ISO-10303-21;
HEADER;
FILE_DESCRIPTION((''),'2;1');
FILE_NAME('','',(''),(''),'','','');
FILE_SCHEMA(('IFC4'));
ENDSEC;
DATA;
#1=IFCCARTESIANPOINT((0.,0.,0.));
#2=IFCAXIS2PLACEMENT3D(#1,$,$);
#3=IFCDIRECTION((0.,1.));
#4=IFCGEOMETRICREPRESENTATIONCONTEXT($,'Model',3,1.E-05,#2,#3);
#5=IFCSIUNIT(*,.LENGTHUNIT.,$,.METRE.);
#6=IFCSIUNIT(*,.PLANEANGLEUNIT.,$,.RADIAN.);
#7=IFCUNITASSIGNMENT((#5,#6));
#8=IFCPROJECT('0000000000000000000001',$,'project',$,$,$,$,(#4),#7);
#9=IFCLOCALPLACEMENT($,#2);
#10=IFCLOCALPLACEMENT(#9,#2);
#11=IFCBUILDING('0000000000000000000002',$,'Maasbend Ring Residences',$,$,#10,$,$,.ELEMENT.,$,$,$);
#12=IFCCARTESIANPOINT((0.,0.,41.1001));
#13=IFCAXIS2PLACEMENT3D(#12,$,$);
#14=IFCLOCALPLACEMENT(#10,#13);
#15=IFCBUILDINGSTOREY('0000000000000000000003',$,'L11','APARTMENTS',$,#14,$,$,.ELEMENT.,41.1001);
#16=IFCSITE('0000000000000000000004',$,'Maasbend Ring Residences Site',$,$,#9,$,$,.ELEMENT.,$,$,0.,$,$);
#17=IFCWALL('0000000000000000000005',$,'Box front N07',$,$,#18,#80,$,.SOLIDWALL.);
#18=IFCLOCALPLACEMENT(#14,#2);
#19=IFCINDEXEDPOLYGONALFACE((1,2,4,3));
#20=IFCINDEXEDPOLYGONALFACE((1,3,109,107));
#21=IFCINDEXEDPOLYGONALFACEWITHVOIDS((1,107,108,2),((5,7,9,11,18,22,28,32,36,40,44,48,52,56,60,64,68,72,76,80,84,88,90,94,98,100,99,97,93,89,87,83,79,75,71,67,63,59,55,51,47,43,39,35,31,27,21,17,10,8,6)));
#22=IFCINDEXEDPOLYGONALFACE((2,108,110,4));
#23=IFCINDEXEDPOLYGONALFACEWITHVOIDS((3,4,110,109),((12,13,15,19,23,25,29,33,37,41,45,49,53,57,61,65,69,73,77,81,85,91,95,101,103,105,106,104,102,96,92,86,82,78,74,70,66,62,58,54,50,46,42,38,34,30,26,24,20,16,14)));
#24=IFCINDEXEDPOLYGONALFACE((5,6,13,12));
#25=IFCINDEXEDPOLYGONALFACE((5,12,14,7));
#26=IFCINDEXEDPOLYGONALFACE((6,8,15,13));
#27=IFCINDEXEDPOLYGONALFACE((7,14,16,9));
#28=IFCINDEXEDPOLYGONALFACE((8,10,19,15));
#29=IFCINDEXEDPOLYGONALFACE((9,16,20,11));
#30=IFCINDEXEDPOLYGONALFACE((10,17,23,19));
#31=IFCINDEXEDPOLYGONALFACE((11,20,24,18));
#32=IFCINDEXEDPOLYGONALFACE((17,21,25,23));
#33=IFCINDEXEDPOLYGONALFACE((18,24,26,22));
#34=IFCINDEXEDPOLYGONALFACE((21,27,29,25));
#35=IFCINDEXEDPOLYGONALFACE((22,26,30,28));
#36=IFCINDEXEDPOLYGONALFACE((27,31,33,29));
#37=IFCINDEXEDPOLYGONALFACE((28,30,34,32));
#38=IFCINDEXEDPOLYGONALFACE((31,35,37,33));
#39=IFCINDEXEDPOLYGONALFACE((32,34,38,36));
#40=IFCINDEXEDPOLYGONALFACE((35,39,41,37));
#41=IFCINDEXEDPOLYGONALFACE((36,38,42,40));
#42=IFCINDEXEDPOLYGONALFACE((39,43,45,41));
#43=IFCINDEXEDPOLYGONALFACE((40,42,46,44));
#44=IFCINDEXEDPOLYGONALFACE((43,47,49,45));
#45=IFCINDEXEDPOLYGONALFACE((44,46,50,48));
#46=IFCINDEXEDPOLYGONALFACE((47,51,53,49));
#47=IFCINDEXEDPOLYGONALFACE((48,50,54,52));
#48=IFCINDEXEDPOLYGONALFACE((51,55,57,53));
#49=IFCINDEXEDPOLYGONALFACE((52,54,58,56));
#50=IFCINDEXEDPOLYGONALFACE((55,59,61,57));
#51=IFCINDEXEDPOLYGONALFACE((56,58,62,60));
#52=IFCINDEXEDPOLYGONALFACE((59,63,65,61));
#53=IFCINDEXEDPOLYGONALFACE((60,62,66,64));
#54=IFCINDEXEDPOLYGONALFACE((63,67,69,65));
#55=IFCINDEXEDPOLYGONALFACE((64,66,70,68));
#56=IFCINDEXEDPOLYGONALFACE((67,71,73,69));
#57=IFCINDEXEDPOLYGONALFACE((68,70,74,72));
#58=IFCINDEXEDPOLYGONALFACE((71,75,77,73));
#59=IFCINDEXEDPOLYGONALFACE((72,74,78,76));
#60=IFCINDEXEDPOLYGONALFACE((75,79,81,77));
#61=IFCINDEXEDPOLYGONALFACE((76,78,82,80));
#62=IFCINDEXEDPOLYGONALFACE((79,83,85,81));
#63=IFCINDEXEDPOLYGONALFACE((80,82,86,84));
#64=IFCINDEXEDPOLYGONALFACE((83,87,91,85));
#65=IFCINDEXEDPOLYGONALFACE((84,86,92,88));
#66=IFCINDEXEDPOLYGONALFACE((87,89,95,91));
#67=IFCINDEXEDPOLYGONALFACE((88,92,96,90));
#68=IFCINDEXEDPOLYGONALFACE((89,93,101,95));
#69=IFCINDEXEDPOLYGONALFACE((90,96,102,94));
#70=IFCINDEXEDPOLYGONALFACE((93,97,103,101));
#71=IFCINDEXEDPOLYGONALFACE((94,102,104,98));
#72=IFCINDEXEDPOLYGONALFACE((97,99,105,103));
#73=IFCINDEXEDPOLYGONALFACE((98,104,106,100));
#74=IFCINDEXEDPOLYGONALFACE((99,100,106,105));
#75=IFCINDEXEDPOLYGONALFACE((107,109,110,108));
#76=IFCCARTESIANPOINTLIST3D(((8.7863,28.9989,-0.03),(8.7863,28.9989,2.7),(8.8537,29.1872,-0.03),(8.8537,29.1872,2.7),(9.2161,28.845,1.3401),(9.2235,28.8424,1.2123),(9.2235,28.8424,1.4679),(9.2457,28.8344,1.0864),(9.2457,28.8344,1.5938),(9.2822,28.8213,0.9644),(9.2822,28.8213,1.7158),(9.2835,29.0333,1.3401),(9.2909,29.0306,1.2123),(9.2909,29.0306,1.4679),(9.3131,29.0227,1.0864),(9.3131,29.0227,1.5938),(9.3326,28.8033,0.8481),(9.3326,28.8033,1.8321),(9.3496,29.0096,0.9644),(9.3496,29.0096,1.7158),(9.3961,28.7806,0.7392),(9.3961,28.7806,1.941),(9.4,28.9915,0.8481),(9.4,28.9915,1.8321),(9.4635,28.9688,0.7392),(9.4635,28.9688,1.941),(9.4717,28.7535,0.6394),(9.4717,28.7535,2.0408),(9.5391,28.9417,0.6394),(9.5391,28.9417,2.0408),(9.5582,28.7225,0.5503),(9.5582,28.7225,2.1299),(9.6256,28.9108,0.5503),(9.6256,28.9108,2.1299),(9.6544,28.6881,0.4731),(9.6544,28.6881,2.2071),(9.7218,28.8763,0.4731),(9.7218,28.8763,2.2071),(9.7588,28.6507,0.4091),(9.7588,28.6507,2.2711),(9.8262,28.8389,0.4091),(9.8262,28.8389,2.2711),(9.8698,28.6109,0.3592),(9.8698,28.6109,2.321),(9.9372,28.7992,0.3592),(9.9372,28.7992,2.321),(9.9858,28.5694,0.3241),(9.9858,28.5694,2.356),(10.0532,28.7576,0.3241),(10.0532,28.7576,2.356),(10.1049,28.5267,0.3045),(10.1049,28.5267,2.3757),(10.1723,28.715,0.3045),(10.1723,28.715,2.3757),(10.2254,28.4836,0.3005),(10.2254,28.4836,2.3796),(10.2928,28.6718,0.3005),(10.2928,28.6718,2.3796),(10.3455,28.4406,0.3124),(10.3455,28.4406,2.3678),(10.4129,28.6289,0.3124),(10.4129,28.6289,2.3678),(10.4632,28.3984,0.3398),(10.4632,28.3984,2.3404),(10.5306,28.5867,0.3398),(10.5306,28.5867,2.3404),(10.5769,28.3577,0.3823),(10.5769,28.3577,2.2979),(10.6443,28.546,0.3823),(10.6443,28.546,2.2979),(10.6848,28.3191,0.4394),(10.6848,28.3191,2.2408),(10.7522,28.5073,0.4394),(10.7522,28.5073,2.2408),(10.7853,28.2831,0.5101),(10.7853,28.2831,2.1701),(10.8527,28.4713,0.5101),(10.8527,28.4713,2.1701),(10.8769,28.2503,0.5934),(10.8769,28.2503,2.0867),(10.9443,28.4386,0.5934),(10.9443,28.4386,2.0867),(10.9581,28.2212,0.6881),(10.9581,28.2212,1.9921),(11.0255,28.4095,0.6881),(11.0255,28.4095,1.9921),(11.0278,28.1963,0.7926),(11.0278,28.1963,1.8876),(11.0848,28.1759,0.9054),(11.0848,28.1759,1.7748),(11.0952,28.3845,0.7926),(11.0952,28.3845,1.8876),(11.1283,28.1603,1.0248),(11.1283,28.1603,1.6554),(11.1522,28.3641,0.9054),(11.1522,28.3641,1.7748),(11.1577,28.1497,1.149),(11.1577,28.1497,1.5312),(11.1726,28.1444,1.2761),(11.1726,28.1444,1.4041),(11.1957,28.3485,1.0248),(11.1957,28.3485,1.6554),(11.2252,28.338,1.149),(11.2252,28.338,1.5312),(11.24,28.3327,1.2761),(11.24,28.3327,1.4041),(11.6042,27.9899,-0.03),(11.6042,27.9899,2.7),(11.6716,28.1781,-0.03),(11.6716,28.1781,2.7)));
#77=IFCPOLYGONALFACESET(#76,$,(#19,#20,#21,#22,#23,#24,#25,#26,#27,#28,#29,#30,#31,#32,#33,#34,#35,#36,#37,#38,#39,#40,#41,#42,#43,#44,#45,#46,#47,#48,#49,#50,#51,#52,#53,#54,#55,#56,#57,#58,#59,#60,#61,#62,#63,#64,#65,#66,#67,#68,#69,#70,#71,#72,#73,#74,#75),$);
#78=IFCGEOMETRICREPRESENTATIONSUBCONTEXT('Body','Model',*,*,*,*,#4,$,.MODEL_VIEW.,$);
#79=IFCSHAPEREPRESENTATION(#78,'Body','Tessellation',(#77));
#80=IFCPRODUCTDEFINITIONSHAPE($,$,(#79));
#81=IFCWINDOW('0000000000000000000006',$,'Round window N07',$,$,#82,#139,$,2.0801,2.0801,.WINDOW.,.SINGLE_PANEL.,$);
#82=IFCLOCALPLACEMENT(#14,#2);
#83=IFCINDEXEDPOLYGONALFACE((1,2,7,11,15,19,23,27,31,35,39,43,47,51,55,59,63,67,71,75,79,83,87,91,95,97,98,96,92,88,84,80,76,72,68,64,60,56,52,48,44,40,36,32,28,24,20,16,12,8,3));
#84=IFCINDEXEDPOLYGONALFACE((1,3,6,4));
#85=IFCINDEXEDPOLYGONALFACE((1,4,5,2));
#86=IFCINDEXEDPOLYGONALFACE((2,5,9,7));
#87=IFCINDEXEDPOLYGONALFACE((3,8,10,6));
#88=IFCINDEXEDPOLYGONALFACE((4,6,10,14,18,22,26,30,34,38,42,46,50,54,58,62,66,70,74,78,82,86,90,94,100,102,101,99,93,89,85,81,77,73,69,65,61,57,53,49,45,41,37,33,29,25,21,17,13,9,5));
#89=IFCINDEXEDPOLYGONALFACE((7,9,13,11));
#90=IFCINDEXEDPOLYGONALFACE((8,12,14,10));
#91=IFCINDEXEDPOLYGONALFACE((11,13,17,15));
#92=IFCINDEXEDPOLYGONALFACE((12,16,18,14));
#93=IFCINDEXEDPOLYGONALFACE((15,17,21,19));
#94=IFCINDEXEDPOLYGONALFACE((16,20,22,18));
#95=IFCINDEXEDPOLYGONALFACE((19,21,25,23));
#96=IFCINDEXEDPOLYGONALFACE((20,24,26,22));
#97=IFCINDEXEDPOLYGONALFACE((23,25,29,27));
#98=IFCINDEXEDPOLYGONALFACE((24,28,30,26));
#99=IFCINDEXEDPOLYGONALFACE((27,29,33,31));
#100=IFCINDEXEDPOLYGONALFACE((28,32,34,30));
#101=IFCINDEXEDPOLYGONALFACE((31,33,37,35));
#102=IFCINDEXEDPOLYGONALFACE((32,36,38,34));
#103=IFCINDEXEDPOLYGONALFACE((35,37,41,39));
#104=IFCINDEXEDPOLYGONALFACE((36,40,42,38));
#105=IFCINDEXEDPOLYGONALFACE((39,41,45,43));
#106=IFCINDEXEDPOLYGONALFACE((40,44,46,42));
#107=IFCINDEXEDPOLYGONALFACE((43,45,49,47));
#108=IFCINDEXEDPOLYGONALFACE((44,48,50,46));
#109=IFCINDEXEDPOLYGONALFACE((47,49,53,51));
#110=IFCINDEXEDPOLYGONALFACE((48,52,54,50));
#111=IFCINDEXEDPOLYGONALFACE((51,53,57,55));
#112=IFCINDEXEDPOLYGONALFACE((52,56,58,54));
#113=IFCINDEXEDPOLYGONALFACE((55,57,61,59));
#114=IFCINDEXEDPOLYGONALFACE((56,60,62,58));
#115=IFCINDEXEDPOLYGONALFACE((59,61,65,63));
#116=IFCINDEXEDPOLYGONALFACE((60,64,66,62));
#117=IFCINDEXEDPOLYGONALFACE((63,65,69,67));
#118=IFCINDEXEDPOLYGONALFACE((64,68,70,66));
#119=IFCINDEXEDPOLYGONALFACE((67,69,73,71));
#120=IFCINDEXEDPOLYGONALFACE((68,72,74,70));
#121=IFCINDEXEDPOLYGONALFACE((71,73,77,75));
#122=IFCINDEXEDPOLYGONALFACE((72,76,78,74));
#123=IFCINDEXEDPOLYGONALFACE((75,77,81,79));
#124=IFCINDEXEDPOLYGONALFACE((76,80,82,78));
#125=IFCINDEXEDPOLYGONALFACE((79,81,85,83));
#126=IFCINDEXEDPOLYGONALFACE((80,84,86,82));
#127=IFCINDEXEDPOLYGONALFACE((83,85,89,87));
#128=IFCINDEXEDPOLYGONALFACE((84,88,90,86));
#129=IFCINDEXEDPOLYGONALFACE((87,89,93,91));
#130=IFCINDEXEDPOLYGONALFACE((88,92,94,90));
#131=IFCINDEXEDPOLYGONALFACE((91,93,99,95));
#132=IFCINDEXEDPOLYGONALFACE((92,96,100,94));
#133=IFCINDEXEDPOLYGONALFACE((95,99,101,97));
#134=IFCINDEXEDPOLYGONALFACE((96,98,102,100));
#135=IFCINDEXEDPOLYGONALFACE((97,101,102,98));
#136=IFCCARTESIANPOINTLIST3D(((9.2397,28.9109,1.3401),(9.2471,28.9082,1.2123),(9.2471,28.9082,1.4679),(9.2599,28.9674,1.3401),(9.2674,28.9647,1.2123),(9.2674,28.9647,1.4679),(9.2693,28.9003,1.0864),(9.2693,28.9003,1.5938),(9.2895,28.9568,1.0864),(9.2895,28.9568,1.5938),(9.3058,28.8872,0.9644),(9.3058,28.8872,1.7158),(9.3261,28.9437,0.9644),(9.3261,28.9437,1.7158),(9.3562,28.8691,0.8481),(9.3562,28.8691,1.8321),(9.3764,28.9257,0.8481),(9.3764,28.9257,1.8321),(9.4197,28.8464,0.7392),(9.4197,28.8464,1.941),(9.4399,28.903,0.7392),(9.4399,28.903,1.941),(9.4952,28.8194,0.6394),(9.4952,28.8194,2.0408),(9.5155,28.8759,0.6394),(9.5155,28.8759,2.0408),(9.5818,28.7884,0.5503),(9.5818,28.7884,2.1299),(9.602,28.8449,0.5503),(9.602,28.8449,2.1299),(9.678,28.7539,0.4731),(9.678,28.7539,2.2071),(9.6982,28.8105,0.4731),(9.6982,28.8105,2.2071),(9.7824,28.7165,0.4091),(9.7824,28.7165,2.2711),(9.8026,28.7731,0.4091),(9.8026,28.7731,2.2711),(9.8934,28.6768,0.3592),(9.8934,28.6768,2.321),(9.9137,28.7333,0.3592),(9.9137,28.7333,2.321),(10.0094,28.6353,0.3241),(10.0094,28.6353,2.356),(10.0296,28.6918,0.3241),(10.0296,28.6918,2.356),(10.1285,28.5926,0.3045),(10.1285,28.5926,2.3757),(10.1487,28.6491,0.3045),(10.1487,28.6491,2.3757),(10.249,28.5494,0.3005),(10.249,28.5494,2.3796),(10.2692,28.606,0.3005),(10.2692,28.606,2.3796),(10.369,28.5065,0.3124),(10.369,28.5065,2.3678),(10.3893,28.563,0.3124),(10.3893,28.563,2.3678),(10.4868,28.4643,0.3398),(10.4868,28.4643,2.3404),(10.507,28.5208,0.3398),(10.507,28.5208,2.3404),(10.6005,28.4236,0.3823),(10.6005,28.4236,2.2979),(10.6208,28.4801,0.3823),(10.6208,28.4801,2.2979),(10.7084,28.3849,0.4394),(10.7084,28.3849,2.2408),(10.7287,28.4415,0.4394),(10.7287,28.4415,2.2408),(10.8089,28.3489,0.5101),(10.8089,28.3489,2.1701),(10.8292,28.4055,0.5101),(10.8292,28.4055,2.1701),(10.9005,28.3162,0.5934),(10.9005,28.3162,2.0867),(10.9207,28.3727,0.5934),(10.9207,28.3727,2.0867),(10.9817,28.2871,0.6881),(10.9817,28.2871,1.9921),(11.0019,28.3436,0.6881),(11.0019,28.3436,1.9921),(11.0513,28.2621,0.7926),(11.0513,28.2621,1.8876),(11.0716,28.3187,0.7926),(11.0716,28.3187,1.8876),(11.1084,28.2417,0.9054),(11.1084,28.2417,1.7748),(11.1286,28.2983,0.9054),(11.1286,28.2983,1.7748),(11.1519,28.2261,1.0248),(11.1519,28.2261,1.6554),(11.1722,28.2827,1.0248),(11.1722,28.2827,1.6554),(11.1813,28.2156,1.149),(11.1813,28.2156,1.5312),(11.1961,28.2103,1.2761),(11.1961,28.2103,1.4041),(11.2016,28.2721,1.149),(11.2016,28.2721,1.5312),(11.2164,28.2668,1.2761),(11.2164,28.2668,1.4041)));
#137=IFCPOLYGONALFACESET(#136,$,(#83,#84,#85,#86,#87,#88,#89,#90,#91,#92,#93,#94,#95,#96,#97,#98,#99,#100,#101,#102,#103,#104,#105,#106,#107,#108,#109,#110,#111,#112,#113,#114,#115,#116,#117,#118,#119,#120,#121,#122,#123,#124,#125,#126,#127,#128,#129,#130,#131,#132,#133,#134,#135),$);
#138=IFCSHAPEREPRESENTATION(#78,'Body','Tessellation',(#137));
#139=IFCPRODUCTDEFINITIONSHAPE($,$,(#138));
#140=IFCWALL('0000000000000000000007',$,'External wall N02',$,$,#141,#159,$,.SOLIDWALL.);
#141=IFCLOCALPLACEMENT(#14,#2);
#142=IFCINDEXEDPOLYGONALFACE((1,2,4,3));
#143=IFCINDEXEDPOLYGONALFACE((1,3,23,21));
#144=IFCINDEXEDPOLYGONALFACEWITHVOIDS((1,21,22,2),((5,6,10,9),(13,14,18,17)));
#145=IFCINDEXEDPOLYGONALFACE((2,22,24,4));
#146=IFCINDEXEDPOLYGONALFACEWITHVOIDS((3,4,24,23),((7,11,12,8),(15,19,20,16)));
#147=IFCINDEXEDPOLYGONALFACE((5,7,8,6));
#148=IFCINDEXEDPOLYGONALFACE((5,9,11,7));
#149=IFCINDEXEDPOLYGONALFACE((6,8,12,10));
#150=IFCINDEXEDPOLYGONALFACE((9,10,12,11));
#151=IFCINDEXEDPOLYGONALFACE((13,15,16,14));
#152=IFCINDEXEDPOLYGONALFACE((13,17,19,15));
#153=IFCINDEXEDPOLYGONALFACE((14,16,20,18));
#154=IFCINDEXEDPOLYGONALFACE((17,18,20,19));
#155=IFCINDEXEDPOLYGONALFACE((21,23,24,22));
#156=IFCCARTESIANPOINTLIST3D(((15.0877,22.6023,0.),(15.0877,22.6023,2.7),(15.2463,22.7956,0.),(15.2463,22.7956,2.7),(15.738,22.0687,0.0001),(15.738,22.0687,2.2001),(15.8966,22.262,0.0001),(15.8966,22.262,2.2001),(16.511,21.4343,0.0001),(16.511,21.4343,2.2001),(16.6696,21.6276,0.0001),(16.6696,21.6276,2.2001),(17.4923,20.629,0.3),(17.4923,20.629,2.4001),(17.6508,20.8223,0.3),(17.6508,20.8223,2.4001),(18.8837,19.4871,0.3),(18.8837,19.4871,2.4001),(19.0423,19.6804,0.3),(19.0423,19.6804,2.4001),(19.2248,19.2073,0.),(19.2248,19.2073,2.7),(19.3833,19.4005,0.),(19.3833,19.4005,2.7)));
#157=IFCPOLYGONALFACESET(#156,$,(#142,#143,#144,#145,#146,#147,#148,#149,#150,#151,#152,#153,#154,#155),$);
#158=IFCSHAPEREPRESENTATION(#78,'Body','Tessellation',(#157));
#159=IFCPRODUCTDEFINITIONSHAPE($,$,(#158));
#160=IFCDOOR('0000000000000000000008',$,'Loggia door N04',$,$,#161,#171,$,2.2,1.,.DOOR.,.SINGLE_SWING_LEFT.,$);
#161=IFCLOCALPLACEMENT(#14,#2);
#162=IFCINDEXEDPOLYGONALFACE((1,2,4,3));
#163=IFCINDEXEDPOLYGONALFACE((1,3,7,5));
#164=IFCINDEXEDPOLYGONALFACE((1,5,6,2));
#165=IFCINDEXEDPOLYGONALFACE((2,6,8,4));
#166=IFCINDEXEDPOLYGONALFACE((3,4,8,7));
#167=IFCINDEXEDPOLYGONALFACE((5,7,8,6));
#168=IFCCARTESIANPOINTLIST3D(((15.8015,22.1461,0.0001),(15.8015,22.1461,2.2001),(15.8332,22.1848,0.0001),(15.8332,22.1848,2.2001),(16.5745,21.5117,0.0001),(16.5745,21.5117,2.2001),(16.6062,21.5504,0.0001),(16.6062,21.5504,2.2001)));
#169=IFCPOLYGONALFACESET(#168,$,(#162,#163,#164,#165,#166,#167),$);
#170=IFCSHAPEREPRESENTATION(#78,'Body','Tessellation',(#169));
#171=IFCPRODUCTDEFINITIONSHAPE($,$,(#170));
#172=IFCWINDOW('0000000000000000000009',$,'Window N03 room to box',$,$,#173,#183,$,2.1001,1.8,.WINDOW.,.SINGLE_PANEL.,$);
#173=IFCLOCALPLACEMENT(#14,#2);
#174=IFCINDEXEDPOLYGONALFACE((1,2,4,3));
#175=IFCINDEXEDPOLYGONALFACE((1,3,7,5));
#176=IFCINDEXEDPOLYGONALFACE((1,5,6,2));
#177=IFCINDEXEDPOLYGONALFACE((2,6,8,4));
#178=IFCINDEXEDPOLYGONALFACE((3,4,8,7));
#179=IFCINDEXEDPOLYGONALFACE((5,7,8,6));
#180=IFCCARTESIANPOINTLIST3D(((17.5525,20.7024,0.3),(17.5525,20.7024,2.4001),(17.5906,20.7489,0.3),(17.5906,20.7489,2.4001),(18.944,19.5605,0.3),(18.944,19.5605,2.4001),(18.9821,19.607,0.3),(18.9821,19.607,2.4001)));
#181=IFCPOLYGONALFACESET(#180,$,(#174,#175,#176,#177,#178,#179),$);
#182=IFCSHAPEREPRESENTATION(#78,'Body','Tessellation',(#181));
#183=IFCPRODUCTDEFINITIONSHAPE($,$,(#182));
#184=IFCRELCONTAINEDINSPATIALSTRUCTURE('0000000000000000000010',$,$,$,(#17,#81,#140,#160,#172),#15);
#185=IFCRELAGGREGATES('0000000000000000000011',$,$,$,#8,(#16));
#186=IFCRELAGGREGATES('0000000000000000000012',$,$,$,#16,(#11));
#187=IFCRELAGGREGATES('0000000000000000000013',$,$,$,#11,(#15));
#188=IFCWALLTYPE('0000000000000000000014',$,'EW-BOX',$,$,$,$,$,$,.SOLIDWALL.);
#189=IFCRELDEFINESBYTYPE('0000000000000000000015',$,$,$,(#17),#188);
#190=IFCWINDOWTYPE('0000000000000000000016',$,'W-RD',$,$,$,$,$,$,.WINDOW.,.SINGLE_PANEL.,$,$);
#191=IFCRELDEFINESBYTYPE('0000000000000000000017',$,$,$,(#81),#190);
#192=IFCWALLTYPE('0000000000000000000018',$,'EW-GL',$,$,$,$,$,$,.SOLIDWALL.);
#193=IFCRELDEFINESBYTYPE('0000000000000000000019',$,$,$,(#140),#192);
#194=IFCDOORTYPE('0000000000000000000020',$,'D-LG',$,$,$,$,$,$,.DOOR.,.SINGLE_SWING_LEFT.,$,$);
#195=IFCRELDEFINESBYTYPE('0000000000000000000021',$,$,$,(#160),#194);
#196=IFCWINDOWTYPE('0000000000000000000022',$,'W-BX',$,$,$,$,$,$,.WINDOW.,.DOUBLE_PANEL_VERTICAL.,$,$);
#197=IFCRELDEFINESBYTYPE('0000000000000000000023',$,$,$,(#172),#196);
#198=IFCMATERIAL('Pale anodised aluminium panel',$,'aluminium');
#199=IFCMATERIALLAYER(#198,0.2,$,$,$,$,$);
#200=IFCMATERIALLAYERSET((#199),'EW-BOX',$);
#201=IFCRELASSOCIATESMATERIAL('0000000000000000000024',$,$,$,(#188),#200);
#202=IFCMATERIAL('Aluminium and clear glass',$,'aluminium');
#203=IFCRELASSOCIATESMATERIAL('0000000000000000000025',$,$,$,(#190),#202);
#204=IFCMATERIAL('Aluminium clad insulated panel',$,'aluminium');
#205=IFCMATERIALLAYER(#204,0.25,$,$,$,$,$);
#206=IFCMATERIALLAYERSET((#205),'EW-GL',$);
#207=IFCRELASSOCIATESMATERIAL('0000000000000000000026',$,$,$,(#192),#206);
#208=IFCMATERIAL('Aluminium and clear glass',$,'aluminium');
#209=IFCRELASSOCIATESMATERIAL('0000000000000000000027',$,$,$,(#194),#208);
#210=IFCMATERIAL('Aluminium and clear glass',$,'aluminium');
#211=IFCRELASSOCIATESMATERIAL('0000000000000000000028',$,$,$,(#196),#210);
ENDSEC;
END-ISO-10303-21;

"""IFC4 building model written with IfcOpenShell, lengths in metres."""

from ifc_helpers import new_model, si_unit, direction, frame, frame_2d, origin, place, context, subcontext, project, spatial, rectangle, circle, extrude, material, layer, layer_set, type_object, element, fill, save


model = new_model("IFC4")

# Units and contexts
model_context = context("Model", 3, precision=1e-05, world=origin(), true_north=direction((0.0, 1.0)))
body_context = subcontext(model_context, "Body", "Model", "MODEL_VIEW")
ifc_project = project(units=[si_unit("LENGTHUNIT", "METRE"), si_unit("PLANEANGLEUNIT", "RADIAN")], contexts=[model_context])

# Site, building, storey
site_placement = place(None, origin())
site = spatial("IfcSite", under=ifc_project, at=site_placement, Name="Maasbend Ring Residences Site", CompositionType="ELEMENT", RefElevation=0.0)
building_placement = place(site_placement, origin())
building = spatial("IfcBuilding", under=site, at=building_placement, Name="Maasbend Ring Residences", CompositionType="ELEMENT")
storey_placement = place(building_placement, frame((0.0, 0.0, 41.1001)))
storey = spatial("IfcBuildingStorey", under=building, at=storey_placement, Name="L11", Description="APARTMENTS", CompositionType="ELEMENT", Elevation=41.1001)

# Shared definitions
ifc_material_1 = material(Name="Pale anodised aluminium panel", Category="aluminium")
ifc_layer_1 = layer(ifc_material_1, 0.2)
ifc_layer_set_1 = layer_set([ifc_layer_1], Name="EW-BOX")
wall_type_1 = type_object("IfcWallType", Name="EW-BOX", PredefinedType="SOLIDWALL", material=ifc_layer_set_1)
ifc_material_2 = material(Name="Aluminium and clear glass", Category="aluminium")
window_type_1 = type_object("IfcWindowType", Name="W-RD", PartitioningType="SINGLE_PANEL", PredefinedType="WINDOW", material=ifc_material_2)

# Wall, opening, window
wall_1_placement = place(storey_placement, frame((11.6379, 28.084, -0.03), z_axis=(0.0, 0.0, 1.0), x_axis=(-0.941461, 0.337122, 0.0)))
wall_1 = element("IfcWall", 1, at=wall_1_placement, inside=storey, type_object=wall_type_1, Name="Box front N07", PredefinedType="SOLIDWALL", context=body_context, shape_type="SweptSolid", body=[
    extrude(rectangle(XDim=2.9932, YDim=0.2, at=frame_2d((1.4966, 0.0))), origin(), (0.0, 0.0, 1.0), 2.73),
])
opening_1_placement = place(wall_1_placement, frame((0.4565, 0.0, 0.3301)))
opening_1 = element("IfcOpeningElement", 2, at=opening_1_placement, cuts=wall_1, PredefinedType="OPENING", context=body_context, shape_type="SweptSolid", body=[
    extrude(circle(Radius=1.04, at=frame_2d((1.04, 1.04))), frame((0.0, 0.1099, 0.0), z_axis=(0.0, -1.0, 0.0), x_axis=(1.0, 0.0, 0.0)), (0.0, 0.0, 1.0), 0.22),
])
window_1_placement = place(opening_1_placement, origin())
window_1 = element("IfcWindow", 3, at=window_1_placement, inside=storey, type_object=window_type_1, Name="Round window N07", OverallHeight=2.0801, OverallWidth=2.0801, PartitioningType="SINGLE_PANEL", PredefinedType="WINDOW", context=body_context, shape_type="SweptSolid", body=[
    extrude(circle(Radius=1.04, at=frame_2d((1.04, 1.04))), frame((0.0, 0.03, 0.0), z_axis=(0.0, -1.0, 0.0), x_axis=(1.0, 0.0, 0.0)), (0.0, 0.0, 1.0), 0.0601),
])
fill(opening_1, window_1)

# Wall, openings, door, window
ifc_material_3 = material(Name="Aluminium clad insulated panel", Category="aluminium")
ifc_layer_2 = layer(ifc_material_3, 0.25)
ifc_layer_set_2 = layer_set([ifc_layer_2], Name="EW-GL")
wall_type_2 = type_object("IfcWallType", Name="EW-GL", PredefinedType="SOLIDWALL", material=ifc_layer_set_2)
wall_2_placement = place(storey_placement, frame((19.304, 19.304, 0.0), z_axis=(0.0, 0.0, 1.0), x_axis=(-0.773019, 0.634382, 0.0)))
wall_2 = element("IfcWall", 4, at=wall_2_placement, inside=storey, type_object=wall_type_2, Name="External wall N02", PredefinedType="SOLIDWALL", context=body_context, shape_type="SweptSolid", body=[
    extrude(rectangle(XDim=5.3518, YDim=0.25, at=frame_2d((2.6758, 0.0))), origin(), (0.0, 0.0, 1.0), 2.7),
])
opening_2_placement = place(wall_2_placement, frame((0.4412, 0.0, 0.3)))
opening_2 = element("IfcOpeningElement", 5, at=opening_2_placement, cuts=wall_2, PredefinedType="OPENING", context=body_context, shape_type="SweptSolid", body=[
    extrude(rectangle(XDim=1.8, YDim=2.1001, at=frame_2d((0.8999, 1.05))), frame((0.0, 0.135, 0.0), z_axis=(0.0, -1.0, 0.0), x_axis=(1.0, 0.0, 0.0)), (0.0, 0.0, 1.0), 0.27),
])
opening_3_placement = place(wall_2_placement, frame((3.5105, 0.0, 0.0)))
opening_3 = element("IfcOpeningElement", 6, at=opening_3_placement, cuts=wall_2, PredefinedType="OPENING", context=body_context, shape_type="SweptSolid", body=[
    extrude(rectangle(XDim=1.0, YDim=2.2, at=frame_2d((0.5, 1.1001))), frame((0.0, 0.135, 0.0), z_axis=(0.0, -1.0, 0.0), x_axis=(1.0, 0.0, 0.0)), (0.0, 0.0, 1.0), 0.27),
])
ifc_material_4 = material(Name="Aluminium and clear glass", Category="aluminium")
door_type = type_object("IfcDoorType", Name="D-LG", OperationType="SINGLE_SWING_LEFT", PredefinedType="DOOR", material=ifc_material_4)
door_1_placement = place(opening_3_placement, origin())
door_1 = element("IfcDoor", 7, at=door_1_placement, inside=storey, type_object=door_type, Name="Loggia door N04", OperationType="SINGLE_SWING_LEFT", OverallHeight=2.2, OverallWidth=1.0, PredefinedType="DOOR", context=body_context, shape_type="SweptSolid", body=[
    extrude(rectangle(XDim=1.0, YDim=2.2, at=frame_2d((0.5, 1.1001))), frame((0.0, 0.0249, 0.0), z_axis=(0.0, -1.0, 0.0), x_axis=(1.0, 0.0, 0.0)), (0.0, 0.0, 1.0), 0.05),
])
fill(opening_3, door_1)
ifc_material_5 = material(Name="Aluminium and clear glass", Category="aluminium")
window_type_2 = type_object("IfcWindowType", Name="W-BX", PartitioningType="DOUBLE_PANEL_VERTICAL", PredefinedType="WINDOW", material=ifc_material_5)
window_2_placement = place(opening_2_placement, origin())
window_2 = element("IfcWindow", 8, at=window_2_placement, inside=storey, type_object=window_type_2, Name="Window N03 room to box", OverallHeight=2.1001, OverallWidth=1.8, PartitioningType="SINGLE_PANEL", PredefinedType="WINDOW", context=body_context, shape_type="SweptSolid", body=[
    extrude(rectangle(XDim=1.8, YDim=2.1001, at=frame_2d((0.8999, 1.05))), frame((0.0, 0.03, 0.0), z_axis=(0.0, -1.0, 0.0), x_axis=(1.0, 0.0, 0.0)), (0.0, 0.0, 1.0), 0.0601),
])
fill(opening_2, window_2)

save(model, "model.ifc")
